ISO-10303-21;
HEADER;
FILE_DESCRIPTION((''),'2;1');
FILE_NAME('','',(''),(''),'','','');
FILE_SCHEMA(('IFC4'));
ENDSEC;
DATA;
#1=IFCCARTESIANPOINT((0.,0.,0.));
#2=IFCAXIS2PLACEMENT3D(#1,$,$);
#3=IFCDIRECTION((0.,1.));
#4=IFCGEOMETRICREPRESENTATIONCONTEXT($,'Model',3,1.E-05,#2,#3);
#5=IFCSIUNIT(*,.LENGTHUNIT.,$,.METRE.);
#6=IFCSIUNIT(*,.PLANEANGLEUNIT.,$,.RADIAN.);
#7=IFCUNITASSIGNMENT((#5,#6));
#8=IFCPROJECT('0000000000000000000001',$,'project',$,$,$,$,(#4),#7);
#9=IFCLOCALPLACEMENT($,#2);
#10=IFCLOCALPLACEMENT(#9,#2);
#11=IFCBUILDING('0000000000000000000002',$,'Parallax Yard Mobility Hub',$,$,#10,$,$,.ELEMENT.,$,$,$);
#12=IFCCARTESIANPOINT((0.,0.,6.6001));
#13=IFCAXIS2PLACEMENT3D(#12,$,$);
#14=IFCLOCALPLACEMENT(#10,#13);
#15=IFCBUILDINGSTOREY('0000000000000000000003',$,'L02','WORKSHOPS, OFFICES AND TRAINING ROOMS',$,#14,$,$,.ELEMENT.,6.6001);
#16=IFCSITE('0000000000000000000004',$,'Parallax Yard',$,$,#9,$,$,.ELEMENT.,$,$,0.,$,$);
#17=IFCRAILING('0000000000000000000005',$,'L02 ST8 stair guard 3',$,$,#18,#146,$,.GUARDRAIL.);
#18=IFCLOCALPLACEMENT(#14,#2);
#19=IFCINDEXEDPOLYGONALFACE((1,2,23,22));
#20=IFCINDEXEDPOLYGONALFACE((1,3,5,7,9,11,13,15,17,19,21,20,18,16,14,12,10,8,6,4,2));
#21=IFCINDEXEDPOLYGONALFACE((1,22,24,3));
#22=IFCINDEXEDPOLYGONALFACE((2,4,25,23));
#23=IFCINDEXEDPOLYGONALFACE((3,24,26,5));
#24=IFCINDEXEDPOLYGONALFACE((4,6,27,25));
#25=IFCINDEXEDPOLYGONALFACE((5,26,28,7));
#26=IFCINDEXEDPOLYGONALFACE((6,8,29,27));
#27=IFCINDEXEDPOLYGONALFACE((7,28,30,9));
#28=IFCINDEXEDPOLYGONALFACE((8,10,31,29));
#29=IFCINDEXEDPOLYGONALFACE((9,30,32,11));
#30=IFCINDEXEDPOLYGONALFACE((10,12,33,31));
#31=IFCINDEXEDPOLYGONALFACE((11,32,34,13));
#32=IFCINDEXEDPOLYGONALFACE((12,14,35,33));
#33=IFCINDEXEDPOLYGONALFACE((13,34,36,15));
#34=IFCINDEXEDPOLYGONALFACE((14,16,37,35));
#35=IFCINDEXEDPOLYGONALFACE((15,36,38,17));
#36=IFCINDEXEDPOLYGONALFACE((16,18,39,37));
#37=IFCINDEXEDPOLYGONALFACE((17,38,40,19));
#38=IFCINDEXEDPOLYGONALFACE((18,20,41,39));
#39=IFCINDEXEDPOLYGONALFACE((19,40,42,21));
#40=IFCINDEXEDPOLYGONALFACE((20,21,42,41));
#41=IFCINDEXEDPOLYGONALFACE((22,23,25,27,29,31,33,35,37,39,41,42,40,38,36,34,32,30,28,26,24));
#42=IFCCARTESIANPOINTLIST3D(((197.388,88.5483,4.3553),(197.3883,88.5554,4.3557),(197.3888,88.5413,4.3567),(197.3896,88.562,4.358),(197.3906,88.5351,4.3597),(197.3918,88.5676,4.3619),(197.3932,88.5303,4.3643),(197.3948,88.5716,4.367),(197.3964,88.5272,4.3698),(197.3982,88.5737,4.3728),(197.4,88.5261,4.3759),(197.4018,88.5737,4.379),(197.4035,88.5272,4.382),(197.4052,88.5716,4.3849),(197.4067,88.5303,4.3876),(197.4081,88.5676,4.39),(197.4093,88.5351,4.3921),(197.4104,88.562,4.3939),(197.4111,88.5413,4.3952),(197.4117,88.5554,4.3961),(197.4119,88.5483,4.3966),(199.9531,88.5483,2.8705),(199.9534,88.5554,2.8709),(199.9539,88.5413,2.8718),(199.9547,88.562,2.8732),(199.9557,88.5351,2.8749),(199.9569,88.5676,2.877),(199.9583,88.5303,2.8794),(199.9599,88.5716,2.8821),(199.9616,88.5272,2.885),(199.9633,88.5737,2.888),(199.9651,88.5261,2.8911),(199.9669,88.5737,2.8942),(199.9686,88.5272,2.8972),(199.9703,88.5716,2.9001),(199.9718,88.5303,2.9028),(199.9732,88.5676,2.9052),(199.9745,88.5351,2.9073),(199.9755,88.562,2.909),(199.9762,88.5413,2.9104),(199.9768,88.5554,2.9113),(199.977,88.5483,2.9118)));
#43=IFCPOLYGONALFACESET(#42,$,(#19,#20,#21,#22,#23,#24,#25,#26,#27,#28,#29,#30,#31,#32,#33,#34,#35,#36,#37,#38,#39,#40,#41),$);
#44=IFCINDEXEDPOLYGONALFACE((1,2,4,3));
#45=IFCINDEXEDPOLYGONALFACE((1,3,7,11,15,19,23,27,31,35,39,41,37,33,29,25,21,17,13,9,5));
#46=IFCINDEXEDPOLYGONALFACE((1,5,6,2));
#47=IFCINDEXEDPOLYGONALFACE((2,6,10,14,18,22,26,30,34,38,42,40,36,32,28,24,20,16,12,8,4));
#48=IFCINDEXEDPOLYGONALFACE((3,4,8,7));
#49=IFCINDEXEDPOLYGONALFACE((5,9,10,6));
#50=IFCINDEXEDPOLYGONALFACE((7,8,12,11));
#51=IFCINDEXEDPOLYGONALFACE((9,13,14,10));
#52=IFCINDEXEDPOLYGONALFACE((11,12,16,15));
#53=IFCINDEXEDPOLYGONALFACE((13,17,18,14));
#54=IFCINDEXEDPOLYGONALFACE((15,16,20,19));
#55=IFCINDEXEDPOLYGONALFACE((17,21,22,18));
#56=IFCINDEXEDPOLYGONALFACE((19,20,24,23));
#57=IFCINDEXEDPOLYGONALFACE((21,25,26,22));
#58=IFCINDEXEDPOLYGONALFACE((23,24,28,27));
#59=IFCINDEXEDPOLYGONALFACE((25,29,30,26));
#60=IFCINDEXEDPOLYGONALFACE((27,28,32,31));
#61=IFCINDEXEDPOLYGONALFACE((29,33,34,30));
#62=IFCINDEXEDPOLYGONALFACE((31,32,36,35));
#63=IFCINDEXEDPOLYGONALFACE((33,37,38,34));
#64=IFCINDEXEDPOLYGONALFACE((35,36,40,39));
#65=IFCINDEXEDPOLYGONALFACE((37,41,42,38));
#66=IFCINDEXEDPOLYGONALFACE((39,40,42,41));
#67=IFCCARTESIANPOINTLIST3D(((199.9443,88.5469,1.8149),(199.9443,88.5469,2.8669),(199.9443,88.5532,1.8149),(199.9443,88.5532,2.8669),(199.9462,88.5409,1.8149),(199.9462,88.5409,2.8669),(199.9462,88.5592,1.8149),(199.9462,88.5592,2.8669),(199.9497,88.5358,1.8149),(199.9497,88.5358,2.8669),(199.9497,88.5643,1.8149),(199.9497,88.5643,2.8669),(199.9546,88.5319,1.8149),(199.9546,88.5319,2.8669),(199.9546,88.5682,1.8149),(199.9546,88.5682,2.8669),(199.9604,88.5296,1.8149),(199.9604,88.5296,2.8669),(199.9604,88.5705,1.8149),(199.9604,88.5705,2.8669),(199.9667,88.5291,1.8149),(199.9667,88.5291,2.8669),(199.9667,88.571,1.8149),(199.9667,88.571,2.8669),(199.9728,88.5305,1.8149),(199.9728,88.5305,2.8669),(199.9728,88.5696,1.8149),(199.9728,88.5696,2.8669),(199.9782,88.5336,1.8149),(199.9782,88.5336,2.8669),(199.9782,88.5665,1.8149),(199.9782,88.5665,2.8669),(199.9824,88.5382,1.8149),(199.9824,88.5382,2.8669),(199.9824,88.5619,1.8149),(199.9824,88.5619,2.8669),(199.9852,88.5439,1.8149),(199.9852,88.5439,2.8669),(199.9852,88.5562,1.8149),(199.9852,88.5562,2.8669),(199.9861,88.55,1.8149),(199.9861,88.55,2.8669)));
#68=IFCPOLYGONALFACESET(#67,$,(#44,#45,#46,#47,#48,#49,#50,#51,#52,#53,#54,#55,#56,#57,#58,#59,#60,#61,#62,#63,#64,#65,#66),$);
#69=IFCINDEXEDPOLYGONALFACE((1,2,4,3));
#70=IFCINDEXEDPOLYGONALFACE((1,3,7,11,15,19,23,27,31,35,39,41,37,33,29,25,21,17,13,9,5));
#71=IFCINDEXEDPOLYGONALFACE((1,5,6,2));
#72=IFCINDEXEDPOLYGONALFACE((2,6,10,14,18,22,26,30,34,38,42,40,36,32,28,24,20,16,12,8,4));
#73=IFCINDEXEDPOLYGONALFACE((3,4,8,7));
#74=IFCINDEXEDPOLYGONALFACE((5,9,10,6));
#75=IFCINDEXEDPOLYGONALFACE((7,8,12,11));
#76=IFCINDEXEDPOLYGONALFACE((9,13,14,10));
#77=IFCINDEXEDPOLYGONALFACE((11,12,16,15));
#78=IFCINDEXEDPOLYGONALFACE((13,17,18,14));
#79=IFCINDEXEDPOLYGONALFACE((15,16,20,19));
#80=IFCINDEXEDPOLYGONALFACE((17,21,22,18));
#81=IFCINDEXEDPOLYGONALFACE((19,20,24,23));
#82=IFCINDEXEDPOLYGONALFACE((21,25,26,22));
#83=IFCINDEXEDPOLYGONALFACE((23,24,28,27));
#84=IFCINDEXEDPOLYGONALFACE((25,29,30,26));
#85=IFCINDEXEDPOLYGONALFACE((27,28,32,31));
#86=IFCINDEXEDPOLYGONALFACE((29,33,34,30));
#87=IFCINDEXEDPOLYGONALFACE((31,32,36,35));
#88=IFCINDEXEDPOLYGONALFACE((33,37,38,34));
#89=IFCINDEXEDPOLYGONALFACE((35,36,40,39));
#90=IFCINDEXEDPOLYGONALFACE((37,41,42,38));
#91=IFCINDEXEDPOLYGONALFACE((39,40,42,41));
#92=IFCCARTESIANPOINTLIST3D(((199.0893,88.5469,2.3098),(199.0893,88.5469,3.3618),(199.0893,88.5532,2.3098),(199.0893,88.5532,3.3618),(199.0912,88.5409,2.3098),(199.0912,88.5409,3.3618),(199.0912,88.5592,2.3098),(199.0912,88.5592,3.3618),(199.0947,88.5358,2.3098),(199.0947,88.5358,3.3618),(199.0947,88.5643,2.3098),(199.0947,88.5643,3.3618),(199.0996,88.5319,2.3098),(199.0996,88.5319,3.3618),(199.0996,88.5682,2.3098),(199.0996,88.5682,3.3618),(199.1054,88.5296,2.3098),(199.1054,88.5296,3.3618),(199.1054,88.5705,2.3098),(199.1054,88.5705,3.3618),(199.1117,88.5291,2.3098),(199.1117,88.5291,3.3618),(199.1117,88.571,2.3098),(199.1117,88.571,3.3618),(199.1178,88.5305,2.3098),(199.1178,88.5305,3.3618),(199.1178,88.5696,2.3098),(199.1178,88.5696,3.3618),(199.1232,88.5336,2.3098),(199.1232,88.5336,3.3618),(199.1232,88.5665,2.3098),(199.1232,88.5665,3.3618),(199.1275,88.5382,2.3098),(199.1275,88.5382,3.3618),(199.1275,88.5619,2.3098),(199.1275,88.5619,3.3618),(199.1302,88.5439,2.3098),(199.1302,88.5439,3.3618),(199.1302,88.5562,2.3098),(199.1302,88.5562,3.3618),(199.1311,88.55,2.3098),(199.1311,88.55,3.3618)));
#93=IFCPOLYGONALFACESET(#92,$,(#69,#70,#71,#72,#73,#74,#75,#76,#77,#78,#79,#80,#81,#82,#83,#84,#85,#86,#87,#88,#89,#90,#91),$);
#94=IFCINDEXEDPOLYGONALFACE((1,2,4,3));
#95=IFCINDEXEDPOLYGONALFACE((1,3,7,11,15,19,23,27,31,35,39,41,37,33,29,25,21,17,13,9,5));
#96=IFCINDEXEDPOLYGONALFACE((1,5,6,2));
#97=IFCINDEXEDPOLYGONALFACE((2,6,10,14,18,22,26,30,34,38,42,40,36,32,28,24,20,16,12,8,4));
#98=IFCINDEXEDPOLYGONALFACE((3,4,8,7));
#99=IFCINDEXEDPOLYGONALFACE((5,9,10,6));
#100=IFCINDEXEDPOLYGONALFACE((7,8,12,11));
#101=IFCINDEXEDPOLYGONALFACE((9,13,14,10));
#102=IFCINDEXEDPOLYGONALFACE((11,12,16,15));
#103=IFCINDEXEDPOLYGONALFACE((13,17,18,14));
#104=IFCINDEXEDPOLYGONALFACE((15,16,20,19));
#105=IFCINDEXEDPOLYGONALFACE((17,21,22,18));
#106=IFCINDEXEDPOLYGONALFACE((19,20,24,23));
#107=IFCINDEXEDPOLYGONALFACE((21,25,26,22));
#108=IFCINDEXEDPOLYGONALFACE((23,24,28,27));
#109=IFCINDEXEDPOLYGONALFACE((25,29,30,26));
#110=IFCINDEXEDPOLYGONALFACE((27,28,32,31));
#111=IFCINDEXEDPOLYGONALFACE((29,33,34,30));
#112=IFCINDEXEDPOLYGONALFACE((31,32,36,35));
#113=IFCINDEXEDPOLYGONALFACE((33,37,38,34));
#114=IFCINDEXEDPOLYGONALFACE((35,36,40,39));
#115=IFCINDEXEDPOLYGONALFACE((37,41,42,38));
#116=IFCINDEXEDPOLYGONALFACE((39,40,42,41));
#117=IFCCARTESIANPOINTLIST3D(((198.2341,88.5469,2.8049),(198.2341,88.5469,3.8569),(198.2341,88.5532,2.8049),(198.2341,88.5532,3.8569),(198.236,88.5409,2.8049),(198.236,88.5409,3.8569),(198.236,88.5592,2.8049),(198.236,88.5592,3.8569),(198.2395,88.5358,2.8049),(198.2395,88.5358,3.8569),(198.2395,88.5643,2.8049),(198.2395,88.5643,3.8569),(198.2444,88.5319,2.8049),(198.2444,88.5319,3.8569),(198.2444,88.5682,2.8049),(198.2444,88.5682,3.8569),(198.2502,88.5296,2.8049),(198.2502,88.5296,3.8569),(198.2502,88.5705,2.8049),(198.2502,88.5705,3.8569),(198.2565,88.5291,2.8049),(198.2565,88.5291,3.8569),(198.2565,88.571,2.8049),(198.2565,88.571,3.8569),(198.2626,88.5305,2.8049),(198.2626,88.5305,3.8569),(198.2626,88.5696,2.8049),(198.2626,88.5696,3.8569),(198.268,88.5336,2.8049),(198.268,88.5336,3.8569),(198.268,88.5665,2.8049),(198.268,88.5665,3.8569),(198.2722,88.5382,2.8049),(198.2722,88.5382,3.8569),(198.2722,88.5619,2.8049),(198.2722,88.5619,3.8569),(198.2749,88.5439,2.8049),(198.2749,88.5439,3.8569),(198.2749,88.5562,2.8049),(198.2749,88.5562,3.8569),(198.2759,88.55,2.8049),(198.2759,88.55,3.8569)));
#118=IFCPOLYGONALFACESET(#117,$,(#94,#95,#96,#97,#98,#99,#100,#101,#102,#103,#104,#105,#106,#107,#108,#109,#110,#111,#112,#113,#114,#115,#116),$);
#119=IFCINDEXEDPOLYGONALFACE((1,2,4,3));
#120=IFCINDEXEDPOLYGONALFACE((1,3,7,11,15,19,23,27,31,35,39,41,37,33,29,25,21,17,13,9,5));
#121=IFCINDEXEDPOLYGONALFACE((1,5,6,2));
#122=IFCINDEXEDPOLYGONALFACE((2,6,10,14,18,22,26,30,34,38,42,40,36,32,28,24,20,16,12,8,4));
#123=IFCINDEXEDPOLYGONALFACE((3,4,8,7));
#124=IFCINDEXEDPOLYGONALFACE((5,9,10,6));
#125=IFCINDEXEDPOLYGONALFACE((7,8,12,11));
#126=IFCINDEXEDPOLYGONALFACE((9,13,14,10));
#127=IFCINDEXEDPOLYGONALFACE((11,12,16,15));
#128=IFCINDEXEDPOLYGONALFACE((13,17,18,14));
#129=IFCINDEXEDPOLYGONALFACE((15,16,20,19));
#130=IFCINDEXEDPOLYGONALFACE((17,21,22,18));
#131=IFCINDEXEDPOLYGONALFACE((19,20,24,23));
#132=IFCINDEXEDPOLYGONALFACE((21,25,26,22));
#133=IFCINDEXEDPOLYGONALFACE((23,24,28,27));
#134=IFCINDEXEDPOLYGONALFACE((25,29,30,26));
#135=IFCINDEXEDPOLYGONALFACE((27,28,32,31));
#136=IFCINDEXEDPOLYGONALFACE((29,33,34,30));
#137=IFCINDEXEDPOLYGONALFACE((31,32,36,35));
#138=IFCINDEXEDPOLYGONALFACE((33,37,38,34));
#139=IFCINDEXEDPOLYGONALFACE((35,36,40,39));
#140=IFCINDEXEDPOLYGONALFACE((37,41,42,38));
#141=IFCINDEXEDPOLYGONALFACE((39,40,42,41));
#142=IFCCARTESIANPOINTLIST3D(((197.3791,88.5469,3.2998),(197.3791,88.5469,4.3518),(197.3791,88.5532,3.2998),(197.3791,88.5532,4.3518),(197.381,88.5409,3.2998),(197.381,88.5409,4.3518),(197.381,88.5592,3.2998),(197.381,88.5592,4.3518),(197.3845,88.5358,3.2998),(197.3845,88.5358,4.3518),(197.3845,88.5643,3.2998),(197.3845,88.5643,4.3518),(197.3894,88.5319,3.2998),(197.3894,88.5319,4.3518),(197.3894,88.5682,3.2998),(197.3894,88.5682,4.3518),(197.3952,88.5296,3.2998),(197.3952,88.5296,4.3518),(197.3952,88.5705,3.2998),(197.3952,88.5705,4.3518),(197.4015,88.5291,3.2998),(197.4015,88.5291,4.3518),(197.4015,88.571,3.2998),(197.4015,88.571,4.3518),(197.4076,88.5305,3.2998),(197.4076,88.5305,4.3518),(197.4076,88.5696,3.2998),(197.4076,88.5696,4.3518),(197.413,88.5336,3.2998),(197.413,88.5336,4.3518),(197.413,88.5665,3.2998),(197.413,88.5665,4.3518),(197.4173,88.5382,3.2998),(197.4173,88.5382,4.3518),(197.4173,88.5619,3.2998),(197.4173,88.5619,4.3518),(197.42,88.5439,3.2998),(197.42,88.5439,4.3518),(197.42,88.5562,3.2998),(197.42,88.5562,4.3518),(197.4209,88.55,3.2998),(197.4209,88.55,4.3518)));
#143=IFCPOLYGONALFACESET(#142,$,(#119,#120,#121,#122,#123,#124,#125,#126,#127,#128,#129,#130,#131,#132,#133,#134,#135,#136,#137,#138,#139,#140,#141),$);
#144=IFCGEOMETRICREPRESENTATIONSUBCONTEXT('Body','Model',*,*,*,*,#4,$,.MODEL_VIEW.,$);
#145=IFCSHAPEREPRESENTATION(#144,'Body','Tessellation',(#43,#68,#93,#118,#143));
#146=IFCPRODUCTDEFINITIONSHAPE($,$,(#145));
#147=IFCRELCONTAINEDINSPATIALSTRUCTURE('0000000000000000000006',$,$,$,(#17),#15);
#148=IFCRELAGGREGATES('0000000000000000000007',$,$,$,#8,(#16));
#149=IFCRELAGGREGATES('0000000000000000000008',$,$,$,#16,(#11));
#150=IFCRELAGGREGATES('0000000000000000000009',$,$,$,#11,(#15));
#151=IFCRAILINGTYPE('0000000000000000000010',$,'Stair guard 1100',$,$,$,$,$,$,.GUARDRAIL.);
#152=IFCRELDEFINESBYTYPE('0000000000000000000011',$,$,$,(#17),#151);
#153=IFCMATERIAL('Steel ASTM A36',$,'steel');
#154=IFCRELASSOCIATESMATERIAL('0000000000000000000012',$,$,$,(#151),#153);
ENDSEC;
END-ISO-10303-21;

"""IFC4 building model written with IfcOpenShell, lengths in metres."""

from ifc_helpers import new_model, si_unit, direction, frame, origin, origin_2d, place, context, subcontext, project, spatial, circle, extrude, material, type_object, element, save


model = new_model("IFC4")

# Units and contexts
model_context = context("Model", 3, precision=1e-05, world=origin(), true_north=direction((0.0, 1.0)))
body_context = subcontext(model_context, "Body", "Model", "MODEL_VIEW")
ifc_project = project(units=[si_unit("LENGTHUNIT", "METRE"), si_unit("PLANEANGLEUNIT", "RADIAN")], contexts=[model_context])

# Site, building, storey
site_placement = place(None, origin())
site = spatial("IfcSite", under=ifc_project, at=site_placement, Name="Parallax Yard", CompositionType="ELEMENT", RefElevation=0.0)
building_placement = place(site_placement, origin())
building = spatial("IfcBuilding", under=site, at=building_placement, Name="Parallax Yard Mobility Hub", CompositionType="ELEMENT")
storey_placement = place(building_placement, frame((0.0, 0.0, 6.6001)))
storey = spatial("IfcBuildingStorey", under=building, at=storey_placement, Name="L02", Description="WORKSHOPS, OFFICES AND TRAINING ROOMS", CompositionType="ELEMENT", Elevation=6.6001)

# Railing
ifc_material_1 = material(Name="Steel ASTM A36", Category="steel")
railing_type_1 = type_object("IfcRailingType", Name="Stair guard 1100", PredefinedType="GUARDRAIL", material=ifc_material_1)
railing_1_placement = place(storey_placement, frame((199.9651, 88.55, 1.8149)))
element("IfcRailing", 1, at=railing_1_placement, inside=storey, type_object=railing_type_1, Name="L02 ST8 stair guard 3", PredefinedType="GUARDRAIL", context=body_context, shape_type="SweptSolid", body=[
    extrude(circle(Radius=0.0239, at=origin_2d()), frame((0.0, 0.0, 1.0762), z_axis=(-0.865462, 0.0, 0.500975), x_axis=(0.0, -1.0, 0.0)), (0.0, 0.0, 1.0), 2.9639),
    extrude(circle(Radius=0.021, at=origin_2d()), origin(), (0.0, 0.0, 1.0), 1.052),
    extrude(circle(Radius=0.021, at=origin_2d()), frame((-0.855, 0.0, 0.4949)), (0.0, 0.0, 1.0), 1.052),
    extrude(circle(Radius=0.021, at=origin_2d()), frame((-1.7102, 0.0, 0.99)), (0.0, 0.0, 1.0), 1.052),
    extrude(circle(Radius=0.021, at=origin_2d()), frame((-2.5652, 0.0, 1.4849)), (0.0, 0.0, 1.0), 1.052),
])

save(model, "model.ifc")
